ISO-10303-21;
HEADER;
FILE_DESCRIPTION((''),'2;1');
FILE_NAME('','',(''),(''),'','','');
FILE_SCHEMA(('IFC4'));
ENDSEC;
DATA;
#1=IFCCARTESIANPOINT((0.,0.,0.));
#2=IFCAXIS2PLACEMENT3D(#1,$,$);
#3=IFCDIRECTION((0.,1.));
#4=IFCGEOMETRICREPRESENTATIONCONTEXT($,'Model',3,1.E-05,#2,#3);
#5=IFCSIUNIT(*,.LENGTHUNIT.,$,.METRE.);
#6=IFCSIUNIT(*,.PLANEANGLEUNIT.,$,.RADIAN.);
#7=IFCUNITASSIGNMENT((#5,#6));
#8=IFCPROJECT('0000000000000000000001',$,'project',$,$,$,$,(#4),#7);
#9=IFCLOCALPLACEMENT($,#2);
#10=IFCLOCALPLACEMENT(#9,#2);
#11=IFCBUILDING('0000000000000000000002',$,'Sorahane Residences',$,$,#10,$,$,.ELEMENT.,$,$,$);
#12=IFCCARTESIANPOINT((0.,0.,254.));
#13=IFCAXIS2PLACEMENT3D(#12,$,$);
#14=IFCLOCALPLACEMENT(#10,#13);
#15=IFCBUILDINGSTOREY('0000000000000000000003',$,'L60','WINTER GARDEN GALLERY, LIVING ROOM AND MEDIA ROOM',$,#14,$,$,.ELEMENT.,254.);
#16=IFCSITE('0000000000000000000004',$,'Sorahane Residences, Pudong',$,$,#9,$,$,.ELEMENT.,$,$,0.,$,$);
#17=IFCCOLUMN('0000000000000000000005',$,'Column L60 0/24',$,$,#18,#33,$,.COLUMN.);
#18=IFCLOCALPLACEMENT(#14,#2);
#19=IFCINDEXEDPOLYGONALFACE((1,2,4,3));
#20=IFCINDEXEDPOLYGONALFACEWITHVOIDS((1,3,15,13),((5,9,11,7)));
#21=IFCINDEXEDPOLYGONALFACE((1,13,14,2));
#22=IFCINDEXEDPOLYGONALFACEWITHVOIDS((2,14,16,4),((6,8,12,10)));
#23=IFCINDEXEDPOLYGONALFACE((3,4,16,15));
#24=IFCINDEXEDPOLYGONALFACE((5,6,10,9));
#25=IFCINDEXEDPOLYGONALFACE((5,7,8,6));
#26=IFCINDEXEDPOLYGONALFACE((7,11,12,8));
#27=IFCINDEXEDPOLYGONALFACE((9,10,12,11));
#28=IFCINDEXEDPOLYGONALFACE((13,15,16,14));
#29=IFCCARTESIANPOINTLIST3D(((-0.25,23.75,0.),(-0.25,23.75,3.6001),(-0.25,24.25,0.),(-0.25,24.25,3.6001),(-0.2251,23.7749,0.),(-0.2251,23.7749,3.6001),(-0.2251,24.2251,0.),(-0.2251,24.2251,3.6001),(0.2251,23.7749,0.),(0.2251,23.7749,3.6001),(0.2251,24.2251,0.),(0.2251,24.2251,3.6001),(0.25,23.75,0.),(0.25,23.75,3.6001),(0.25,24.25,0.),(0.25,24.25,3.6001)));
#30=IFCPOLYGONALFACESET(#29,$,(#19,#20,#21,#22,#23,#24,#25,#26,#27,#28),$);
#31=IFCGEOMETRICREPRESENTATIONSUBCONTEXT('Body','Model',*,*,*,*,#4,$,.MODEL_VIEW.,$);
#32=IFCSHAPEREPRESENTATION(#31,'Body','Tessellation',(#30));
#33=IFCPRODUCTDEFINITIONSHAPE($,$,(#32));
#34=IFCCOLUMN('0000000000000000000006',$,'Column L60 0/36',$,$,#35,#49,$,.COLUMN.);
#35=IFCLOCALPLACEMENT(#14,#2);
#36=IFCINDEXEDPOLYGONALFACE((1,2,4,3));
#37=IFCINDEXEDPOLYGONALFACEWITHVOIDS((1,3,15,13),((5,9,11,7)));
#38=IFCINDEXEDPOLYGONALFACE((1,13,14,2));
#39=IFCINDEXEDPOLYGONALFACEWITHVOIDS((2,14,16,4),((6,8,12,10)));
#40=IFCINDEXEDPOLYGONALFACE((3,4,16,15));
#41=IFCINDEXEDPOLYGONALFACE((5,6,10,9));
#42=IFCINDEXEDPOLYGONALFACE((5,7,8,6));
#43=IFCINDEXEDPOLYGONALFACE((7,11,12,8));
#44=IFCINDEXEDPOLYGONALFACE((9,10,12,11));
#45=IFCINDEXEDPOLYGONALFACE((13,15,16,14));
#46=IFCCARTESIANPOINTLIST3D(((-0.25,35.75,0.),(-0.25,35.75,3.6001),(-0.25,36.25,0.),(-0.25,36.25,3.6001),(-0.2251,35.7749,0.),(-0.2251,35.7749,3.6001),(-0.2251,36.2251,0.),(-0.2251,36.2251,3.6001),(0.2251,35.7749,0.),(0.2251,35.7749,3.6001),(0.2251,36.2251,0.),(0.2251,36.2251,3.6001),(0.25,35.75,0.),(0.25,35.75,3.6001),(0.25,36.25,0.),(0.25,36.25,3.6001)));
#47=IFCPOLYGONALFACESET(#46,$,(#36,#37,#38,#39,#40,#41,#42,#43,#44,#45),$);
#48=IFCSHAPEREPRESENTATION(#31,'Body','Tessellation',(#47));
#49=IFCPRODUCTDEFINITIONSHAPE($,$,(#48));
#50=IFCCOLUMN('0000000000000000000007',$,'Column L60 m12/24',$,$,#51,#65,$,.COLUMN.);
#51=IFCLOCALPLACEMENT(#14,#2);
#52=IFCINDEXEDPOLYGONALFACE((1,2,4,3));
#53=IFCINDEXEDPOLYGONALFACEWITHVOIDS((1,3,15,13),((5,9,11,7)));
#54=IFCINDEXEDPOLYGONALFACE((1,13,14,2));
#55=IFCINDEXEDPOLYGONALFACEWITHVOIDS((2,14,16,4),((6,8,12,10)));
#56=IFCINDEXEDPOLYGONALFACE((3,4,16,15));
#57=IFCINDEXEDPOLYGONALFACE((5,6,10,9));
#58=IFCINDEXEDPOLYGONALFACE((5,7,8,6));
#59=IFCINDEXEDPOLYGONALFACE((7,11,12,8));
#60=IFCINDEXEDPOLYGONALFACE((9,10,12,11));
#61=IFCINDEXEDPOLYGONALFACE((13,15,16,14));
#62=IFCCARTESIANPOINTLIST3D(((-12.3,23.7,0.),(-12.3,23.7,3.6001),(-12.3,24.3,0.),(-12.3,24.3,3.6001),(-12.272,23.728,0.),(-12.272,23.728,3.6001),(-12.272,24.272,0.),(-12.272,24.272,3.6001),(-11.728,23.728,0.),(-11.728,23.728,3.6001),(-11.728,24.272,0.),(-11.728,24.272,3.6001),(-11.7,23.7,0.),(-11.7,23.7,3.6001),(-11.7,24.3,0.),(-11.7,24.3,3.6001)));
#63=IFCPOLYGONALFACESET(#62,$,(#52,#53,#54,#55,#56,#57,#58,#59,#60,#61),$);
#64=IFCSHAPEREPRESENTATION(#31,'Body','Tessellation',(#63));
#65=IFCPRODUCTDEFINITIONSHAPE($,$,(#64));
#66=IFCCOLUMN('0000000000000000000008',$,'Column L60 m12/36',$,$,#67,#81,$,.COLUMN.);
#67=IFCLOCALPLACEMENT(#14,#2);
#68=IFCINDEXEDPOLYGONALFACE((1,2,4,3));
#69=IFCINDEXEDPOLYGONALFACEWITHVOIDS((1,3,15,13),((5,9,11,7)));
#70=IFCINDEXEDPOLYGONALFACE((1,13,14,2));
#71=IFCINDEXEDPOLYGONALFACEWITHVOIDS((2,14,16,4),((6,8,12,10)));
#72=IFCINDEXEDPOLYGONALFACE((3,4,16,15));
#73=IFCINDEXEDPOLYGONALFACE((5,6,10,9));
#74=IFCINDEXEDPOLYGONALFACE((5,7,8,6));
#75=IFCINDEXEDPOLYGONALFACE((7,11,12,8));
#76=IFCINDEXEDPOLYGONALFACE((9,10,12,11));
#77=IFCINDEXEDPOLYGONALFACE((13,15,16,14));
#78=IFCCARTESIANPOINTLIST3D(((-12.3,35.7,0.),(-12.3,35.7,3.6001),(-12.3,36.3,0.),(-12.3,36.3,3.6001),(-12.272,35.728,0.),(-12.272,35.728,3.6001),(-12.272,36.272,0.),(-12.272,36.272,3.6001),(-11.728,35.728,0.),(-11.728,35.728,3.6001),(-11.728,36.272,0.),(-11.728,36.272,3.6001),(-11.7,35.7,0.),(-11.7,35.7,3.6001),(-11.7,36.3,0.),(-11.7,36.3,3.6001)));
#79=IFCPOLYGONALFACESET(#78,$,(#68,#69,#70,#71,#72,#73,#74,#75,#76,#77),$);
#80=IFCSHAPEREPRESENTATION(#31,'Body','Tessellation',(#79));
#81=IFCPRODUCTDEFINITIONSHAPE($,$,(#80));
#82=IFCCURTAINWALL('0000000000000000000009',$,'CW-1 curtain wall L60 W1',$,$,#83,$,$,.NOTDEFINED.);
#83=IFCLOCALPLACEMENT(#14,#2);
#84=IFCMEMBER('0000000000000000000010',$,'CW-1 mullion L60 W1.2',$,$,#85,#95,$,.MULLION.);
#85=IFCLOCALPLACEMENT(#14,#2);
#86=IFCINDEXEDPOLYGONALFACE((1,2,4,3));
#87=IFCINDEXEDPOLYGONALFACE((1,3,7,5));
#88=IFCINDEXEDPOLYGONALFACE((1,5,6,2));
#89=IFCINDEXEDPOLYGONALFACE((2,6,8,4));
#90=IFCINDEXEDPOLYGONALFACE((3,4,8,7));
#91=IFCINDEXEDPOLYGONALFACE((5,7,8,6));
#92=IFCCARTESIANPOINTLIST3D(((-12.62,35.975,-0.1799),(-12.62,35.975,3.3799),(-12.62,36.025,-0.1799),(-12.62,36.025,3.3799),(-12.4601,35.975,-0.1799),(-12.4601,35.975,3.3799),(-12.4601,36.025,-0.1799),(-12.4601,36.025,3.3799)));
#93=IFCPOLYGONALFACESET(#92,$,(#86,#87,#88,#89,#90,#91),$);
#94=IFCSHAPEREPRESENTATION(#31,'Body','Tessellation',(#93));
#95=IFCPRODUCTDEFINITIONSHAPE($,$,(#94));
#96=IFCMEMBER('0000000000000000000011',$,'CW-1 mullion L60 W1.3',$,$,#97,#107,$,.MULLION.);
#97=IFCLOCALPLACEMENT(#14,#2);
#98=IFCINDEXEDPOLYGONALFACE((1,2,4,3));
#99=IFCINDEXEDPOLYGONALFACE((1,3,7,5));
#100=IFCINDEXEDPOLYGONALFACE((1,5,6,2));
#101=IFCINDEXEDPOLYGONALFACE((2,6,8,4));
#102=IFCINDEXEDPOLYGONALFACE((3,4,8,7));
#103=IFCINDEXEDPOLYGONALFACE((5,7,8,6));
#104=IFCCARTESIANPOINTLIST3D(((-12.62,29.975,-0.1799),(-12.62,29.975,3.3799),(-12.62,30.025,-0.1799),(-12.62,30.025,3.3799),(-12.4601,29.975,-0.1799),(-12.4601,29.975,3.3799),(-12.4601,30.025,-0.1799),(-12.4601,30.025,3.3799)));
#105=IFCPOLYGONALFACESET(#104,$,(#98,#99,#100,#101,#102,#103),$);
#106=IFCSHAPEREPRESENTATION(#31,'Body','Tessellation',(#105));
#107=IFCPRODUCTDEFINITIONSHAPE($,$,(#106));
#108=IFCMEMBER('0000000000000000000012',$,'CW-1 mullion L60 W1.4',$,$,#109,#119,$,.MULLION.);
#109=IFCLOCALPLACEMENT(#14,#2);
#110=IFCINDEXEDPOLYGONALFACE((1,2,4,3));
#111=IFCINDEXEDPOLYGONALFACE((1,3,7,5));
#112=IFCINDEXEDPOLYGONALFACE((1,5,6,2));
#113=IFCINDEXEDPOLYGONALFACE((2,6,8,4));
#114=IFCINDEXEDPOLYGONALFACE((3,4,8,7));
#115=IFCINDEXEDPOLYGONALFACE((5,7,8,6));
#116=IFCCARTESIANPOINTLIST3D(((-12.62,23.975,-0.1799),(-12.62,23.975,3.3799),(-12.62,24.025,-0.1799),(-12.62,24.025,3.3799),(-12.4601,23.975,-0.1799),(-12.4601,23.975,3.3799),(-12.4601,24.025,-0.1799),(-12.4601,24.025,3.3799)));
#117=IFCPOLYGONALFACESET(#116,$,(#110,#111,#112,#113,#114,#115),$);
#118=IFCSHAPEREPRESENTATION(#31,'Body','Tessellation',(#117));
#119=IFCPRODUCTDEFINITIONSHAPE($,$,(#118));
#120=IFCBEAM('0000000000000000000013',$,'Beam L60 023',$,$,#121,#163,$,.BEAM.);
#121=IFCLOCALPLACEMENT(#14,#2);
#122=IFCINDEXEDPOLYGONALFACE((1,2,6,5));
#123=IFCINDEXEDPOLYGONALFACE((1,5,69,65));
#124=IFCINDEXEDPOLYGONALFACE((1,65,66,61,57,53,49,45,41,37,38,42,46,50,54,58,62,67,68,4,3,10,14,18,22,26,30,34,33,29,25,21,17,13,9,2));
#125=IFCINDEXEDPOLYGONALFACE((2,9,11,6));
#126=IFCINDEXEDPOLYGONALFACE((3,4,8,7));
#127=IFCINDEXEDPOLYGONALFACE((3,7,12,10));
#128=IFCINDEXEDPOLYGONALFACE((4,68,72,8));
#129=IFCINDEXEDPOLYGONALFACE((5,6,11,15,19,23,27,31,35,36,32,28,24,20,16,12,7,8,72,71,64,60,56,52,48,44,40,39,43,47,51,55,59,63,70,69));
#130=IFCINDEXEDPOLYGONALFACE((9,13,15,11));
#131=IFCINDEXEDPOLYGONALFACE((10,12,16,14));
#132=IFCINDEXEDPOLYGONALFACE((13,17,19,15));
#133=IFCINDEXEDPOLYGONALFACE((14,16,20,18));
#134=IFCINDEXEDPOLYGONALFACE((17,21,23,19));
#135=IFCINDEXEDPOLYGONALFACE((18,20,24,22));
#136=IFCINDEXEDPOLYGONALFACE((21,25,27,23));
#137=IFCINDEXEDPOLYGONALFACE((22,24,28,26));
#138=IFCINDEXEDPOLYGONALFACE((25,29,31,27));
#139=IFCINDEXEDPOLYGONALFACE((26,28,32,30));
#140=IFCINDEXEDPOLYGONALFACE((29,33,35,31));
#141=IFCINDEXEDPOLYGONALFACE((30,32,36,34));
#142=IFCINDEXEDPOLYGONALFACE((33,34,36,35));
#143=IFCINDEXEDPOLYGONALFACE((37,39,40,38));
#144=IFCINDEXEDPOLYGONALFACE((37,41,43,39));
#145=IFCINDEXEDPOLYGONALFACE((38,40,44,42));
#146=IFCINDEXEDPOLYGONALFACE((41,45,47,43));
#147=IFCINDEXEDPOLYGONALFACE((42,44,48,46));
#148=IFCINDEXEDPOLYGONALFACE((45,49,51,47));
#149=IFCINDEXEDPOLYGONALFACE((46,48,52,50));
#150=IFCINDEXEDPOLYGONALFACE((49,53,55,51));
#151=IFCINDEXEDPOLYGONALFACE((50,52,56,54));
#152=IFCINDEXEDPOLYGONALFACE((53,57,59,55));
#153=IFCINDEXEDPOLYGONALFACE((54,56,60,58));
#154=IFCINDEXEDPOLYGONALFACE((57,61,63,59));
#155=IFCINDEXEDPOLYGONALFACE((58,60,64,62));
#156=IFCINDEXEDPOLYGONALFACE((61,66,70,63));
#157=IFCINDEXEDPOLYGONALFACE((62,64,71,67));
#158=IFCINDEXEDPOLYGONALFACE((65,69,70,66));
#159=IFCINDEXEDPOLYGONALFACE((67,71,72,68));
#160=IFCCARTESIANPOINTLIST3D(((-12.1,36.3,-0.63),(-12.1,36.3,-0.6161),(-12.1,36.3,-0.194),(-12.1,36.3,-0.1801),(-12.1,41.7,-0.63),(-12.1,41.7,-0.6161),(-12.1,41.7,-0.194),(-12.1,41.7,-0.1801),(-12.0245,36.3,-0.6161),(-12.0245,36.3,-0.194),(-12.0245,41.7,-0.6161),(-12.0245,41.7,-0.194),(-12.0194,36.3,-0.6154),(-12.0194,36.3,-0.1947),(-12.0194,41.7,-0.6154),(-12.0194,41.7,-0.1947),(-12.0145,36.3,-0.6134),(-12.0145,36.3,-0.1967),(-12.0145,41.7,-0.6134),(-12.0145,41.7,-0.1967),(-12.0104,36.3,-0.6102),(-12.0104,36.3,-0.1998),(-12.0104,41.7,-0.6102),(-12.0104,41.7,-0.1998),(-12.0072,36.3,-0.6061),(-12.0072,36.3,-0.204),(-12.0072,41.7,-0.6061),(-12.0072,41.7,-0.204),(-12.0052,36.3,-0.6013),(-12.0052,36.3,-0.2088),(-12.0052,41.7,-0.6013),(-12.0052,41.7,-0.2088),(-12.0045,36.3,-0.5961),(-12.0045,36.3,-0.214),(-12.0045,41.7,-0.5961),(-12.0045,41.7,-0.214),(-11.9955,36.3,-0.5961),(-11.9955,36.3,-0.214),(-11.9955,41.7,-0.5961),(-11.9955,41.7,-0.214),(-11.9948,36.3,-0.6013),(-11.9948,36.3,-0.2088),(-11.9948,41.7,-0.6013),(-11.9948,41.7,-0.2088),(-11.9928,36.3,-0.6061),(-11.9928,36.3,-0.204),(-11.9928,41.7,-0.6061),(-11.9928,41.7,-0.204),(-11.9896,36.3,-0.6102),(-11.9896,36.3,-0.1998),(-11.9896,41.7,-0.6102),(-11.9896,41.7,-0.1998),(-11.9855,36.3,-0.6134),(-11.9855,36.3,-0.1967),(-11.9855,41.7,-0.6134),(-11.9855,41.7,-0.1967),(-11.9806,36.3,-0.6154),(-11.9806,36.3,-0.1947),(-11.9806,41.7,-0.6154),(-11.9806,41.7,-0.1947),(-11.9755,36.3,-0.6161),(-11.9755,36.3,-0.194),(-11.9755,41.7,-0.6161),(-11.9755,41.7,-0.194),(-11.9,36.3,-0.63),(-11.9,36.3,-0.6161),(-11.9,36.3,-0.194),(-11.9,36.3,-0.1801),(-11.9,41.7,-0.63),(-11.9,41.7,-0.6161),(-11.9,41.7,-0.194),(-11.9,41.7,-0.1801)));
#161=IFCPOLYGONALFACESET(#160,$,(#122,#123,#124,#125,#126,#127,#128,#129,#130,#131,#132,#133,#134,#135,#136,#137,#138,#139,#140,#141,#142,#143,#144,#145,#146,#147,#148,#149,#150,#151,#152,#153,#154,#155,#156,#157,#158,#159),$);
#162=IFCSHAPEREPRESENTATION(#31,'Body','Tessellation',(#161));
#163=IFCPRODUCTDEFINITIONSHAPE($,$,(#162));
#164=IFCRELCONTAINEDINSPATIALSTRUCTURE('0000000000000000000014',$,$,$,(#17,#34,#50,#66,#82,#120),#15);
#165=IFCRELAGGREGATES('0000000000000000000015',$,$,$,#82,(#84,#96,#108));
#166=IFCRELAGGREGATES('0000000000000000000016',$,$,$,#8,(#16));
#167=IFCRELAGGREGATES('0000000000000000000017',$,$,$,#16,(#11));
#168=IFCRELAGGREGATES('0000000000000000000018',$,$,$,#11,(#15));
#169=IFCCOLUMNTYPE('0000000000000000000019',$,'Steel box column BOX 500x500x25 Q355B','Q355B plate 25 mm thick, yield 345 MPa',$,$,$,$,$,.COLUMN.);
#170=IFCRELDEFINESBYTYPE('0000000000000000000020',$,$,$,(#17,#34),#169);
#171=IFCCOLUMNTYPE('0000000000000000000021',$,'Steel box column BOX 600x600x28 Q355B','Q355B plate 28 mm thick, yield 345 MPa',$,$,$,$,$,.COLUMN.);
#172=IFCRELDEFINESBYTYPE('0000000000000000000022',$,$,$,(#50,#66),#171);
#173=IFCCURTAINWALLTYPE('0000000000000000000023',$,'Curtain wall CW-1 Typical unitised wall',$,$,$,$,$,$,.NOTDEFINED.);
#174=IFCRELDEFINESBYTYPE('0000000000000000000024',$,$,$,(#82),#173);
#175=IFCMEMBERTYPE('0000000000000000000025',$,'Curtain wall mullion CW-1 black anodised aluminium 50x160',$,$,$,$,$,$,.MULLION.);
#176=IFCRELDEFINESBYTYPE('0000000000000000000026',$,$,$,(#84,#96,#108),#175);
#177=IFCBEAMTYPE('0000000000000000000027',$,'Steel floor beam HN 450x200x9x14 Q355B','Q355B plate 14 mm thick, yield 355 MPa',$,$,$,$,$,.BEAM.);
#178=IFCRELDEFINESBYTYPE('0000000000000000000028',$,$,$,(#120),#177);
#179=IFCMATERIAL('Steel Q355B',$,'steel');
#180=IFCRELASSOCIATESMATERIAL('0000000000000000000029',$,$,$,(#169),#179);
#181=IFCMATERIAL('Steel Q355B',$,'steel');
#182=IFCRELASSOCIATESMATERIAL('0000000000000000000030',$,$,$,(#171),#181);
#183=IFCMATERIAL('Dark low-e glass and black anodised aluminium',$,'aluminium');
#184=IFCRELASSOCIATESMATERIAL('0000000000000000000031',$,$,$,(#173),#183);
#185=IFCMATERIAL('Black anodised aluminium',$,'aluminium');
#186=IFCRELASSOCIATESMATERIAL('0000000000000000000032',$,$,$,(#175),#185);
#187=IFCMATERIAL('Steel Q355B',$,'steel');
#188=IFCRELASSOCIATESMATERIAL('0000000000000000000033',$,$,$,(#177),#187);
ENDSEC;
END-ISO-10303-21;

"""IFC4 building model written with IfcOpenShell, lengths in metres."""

from ifc_helpers import new_model, si_unit, direction, frame, origin, origin_2d, place, context, subcontext, project, spatial, rectangle, hollow_rectangle, i_section, extrude, material, material_profile, profile_set, type_object, element, aggregate, save


model = new_model("IFC4")

# Units and contexts
model_context = context("Model", 3, precision=1e-05, world=origin(), true_north=direction((0.0, 1.0)))
body_context = subcontext(model_context, "Body", "Model", "MODEL_VIEW")
ifc_project = project(units=[si_unit("LENGTHUNIT", "METRE"), si_unit("PLANEANGLEUNIT", "RADIAN")], contexts=[model_context])

# Site, building, storey
site_placement = place(None, origin())
site = spatial("IfcSite", under=ifc_project, at=site_placement, Name="Sorahane Residences, Pudong", CompositionType="ELEMENT", RefElevation=0.0)
building_placement = place(site_placement, origin())
building = spatial("IfcBuilding", under=site, at=building_placement, Name="Sorahane Residences", CompositionType="ELEMENT")
storey_placement = place(building_placement, frame((0.0, 0.0, 254.0)))
storey = spatial("IfcBuildingStorey", under=building, at=storey_placement, Name="L60", Description="WINTER GARDEN GALLERY, LIVING ROOM AND MEDIA ROOM", CompositionType="ELEMENT", Elevation=254.0)

# Columns
ifc_material_1 = material(Name="Steel Q355B", Category="steel")
ifc_material_profile_1 = material_profile(ifc_material_1, hollow_rectangle(XDim=0.5, YDim=0.5, WallThickness=0.0249, at=origin_2d()), Name="BOX 500x500x25")
ifc_profile_set_1 = profile_set([ifc_material_profile_1], Name="Steel Q355B")
column_type_1 = type_object("IfcColumnType", Name="Steel box column BOX 500x500x25 Q355B", Description="Q355B plate 25 mm thick, yield 345 MPa", PredefinedType="COLUMN", material=ifc_profile_set_1)
for number, where, z_axis, x_axis, name in (
    (1, (0.0, 24.0, 0.0), (0.0, 0.0, 1.0), (1.0, 0.0, 0.0), "Column L60 0/24"),
    (2, (0.0, 36.0, 0.0), (0.0, 0.0, 1.0), (1.0, 0.0, 0.0), "Column L60 0/36"),
):
    element("IfcColumn", number, at=place(storey_placement, frame(where, z_axis=z_axis, x_axis=x_axis)), inside=storey, type_object=column_type_1, Name=name, PredefinedType="COLUMN", context=body_context, shape_type="SweptSolid", body=[
        extrude(hollow_rectangle(XDim=0.5, YDim=0.5, WallThickness=0.0249, at=origin_2d()), origin(), (0.0, 0.0, 1.0), 3.6001),
    ])
ifc_material_2 = material(Name="Steel Q355B", Category="steel")
ifc_material_profile_2 = material_profile(ifc_material_2, hollow_rectangle(XDim=0.6001, YDim=0.6001, WallThickness=0.0281, at=origin_2d()), Name="BOX 600x600x28")
ifc_profile_set_2 = profile_set([ifc_material_profile_2], Name="Steel Q355B")
column_type_2 = type_object("IfcColumnType", Name="Steel box column BOX 600x600x28 Q355B", Description="Q355B plate 28 mm thick, yield 345 MPa", PredefinedType="COLUMN", material=ifc_profile_set_2)
for number, where, z_axis, x_axis, name in (
    (3, (-12.0, 24.0, 0.0), (0.0, 0.0, 1.0), (1.0, 0.0, 0.0), "Column L60 m12/24"),
    (4, (-12.0, 36.0, 0.0), (0.0, 0.0, 1.0), (1.0, 0.0, 0.0), "Column L60 m12/36"),
):
    element("IfcColumn", number, at=place(storey_placement, frame(where, z_axis=z_axis, x_axis=x_axis)), inside=storey, type_object=column_type_2, Name=name, PredefinedType="COLUMN", context=body_context, shape_type="SweptSolid", body=[
        extrude(hollow_rectangle(XDim=0.6001, YDim=0.6001, WallThickness=0.0281, at=origin_2d()), origin(), (0.0, 0.0, 1.0), 3.6001),
    ])

# Curtain wall, members
ifc_material_3 = material(Name="Dark low-e glass and black anodised aluminium", Category="aluminium")
curtain_wall_type = type_object("IfcCurtainWallType", Name="Curtain wall CW-1 Typical unitised wall", PredefinedType="NOTDEFINED", material=ifc_material_3)
curtain_wall_placement = place(storey_placement, origin())
curtain_wall = element("IfcCurtainWall", 5, at=curtain_wall_placement, inside=storey, type_object=curtain_wall_type, Name="CW-1 curtain wall L60 W1", PredefinedType="NOTDEFINED")
ifc_material_4 = material(Name="Black anodised aluminium", Category="aluminium")
ifc_material_profile_3 = material_profile(ifc_material_4, rectangle(XDim=0.1599, YDim=0.05, at=origin_2d()), Name="Curtain wall mullion CW-1 black anodised aluminium 50x160")
ifc_profile_set_3 = profile_set([ifc_material_profile_3], Name="Black anodised aluminium")
member_type = type_object("IfcMemberType", Name="Curtain wall mullion CW-1 black anodised aluminium 50x160", PredefinedType="MULLION", material=ifc_profile_set_3)
member_1_placement = place(storey_placement, frame((-12.54, 36.0, -0.1799), z_axis=(0.0, 0.0, 1.0), x_axis=(-1.0, 0.0, 0.0)))
member_1 = element("IfcMember", 6, at=member_1_placement, type_object=member_type, Name="CW-1 mullion L60 W1.2", PredefinedType="MULLION", context=body_context, shape_type="SweptSolid", body=[
    extrude(rectangle(XDim=0.1599, YDim=0.05, at=origin_2d()), origin(), (0.0, 0.0, 1.0), 3.5598),
])
member_2_placement = place(storey_placement, frame((-12.54, 30.0, -0.1799), z_axis=(0.0, 0.0, 1.0), x_axis=(-1.0, 0.0, 0.0)))
member_2 = element("IfcMember", 7, at=member_2_placement, type_object=member_type, Name="CW-1 mullion L60 W1.3", PredefinedType="MULLION", context=body_context, shape_type="SweptSolid", body=[
    extrude(rectangle(XDim=0.1599, YDim=0.05, at=origin_2d()), origin(), (0.0, 0.0, 1.0), 3.5598),
])
member_3_placement = place(storey_placement, frame((-12.54, 24.0, -0.1799), z_axis=(0.0, 0.0, 1.0), x_axis=(-1.0, 0.0, 0.0)))
member_3 = element("IfcMember", 8, at=member_3_placement, type_object=member_type, Name="CW-1 mullion L60 W1.4", PredefinedType="MULLION", context=body_context, shape_type="SweptSolid", body=[
    extrude(rectangle(XDim=0.1599, YDim=0.05, at=origin_2d()), origin(), (0.0, 0.0, 1.0), 3.5598),
])

# Beam
ifc_material_5 = material(Name="Steel Q355B", Category="steel")
ifc_material_profile_4 = material_profile(ifc_material_5, i_section(OverallWidth=0.2, OverallDepth=0.45, WebThickness=0.009, FlangeThickness=0.0139, FilletRadius=0.02, at=origin_2d()), Name="HN 450x200x9x14")
ifc_profile_set_4 = profile_set([ifc_material_profile_4], Name="Steel Q355B")
beam_type_1 = type_object("IfcBeamType", Name="Steel floor beam HN 450x200x9x14 Q355B", Description="Q355B plate 14 mm thick, yield 355 MPa", PredefinedType="BEAM", material=ifc_profile_set_4)
beam_1_placement = place(storey_placement, frame((-12.0, 36.3, -0.405), z_axis=(0.0, 1.0, 0.0), x_axis=(-1.0, 0.0, 0.0)))
element("IfcBeam", 9, at=beam_1_placement, inside=storey, type_object=beam_type_1, Name="Beam L60 023", PredefinedType="BEAM", context=body_context, shape_type="SweptSolid", body=[
    extrude(i_section(OverallWidth=0.2, OverallDepth=0.45, WebThickness=0.009, FlangeThickness=0.0139, FilletRadius=0.02, at=origin_2d()), origin(), (0.0, 0.0, 1.0), 5.3999),
])

aggregate(curtain_wall, [member_1, member_2, member_3])

save(model, "model.ifc")
